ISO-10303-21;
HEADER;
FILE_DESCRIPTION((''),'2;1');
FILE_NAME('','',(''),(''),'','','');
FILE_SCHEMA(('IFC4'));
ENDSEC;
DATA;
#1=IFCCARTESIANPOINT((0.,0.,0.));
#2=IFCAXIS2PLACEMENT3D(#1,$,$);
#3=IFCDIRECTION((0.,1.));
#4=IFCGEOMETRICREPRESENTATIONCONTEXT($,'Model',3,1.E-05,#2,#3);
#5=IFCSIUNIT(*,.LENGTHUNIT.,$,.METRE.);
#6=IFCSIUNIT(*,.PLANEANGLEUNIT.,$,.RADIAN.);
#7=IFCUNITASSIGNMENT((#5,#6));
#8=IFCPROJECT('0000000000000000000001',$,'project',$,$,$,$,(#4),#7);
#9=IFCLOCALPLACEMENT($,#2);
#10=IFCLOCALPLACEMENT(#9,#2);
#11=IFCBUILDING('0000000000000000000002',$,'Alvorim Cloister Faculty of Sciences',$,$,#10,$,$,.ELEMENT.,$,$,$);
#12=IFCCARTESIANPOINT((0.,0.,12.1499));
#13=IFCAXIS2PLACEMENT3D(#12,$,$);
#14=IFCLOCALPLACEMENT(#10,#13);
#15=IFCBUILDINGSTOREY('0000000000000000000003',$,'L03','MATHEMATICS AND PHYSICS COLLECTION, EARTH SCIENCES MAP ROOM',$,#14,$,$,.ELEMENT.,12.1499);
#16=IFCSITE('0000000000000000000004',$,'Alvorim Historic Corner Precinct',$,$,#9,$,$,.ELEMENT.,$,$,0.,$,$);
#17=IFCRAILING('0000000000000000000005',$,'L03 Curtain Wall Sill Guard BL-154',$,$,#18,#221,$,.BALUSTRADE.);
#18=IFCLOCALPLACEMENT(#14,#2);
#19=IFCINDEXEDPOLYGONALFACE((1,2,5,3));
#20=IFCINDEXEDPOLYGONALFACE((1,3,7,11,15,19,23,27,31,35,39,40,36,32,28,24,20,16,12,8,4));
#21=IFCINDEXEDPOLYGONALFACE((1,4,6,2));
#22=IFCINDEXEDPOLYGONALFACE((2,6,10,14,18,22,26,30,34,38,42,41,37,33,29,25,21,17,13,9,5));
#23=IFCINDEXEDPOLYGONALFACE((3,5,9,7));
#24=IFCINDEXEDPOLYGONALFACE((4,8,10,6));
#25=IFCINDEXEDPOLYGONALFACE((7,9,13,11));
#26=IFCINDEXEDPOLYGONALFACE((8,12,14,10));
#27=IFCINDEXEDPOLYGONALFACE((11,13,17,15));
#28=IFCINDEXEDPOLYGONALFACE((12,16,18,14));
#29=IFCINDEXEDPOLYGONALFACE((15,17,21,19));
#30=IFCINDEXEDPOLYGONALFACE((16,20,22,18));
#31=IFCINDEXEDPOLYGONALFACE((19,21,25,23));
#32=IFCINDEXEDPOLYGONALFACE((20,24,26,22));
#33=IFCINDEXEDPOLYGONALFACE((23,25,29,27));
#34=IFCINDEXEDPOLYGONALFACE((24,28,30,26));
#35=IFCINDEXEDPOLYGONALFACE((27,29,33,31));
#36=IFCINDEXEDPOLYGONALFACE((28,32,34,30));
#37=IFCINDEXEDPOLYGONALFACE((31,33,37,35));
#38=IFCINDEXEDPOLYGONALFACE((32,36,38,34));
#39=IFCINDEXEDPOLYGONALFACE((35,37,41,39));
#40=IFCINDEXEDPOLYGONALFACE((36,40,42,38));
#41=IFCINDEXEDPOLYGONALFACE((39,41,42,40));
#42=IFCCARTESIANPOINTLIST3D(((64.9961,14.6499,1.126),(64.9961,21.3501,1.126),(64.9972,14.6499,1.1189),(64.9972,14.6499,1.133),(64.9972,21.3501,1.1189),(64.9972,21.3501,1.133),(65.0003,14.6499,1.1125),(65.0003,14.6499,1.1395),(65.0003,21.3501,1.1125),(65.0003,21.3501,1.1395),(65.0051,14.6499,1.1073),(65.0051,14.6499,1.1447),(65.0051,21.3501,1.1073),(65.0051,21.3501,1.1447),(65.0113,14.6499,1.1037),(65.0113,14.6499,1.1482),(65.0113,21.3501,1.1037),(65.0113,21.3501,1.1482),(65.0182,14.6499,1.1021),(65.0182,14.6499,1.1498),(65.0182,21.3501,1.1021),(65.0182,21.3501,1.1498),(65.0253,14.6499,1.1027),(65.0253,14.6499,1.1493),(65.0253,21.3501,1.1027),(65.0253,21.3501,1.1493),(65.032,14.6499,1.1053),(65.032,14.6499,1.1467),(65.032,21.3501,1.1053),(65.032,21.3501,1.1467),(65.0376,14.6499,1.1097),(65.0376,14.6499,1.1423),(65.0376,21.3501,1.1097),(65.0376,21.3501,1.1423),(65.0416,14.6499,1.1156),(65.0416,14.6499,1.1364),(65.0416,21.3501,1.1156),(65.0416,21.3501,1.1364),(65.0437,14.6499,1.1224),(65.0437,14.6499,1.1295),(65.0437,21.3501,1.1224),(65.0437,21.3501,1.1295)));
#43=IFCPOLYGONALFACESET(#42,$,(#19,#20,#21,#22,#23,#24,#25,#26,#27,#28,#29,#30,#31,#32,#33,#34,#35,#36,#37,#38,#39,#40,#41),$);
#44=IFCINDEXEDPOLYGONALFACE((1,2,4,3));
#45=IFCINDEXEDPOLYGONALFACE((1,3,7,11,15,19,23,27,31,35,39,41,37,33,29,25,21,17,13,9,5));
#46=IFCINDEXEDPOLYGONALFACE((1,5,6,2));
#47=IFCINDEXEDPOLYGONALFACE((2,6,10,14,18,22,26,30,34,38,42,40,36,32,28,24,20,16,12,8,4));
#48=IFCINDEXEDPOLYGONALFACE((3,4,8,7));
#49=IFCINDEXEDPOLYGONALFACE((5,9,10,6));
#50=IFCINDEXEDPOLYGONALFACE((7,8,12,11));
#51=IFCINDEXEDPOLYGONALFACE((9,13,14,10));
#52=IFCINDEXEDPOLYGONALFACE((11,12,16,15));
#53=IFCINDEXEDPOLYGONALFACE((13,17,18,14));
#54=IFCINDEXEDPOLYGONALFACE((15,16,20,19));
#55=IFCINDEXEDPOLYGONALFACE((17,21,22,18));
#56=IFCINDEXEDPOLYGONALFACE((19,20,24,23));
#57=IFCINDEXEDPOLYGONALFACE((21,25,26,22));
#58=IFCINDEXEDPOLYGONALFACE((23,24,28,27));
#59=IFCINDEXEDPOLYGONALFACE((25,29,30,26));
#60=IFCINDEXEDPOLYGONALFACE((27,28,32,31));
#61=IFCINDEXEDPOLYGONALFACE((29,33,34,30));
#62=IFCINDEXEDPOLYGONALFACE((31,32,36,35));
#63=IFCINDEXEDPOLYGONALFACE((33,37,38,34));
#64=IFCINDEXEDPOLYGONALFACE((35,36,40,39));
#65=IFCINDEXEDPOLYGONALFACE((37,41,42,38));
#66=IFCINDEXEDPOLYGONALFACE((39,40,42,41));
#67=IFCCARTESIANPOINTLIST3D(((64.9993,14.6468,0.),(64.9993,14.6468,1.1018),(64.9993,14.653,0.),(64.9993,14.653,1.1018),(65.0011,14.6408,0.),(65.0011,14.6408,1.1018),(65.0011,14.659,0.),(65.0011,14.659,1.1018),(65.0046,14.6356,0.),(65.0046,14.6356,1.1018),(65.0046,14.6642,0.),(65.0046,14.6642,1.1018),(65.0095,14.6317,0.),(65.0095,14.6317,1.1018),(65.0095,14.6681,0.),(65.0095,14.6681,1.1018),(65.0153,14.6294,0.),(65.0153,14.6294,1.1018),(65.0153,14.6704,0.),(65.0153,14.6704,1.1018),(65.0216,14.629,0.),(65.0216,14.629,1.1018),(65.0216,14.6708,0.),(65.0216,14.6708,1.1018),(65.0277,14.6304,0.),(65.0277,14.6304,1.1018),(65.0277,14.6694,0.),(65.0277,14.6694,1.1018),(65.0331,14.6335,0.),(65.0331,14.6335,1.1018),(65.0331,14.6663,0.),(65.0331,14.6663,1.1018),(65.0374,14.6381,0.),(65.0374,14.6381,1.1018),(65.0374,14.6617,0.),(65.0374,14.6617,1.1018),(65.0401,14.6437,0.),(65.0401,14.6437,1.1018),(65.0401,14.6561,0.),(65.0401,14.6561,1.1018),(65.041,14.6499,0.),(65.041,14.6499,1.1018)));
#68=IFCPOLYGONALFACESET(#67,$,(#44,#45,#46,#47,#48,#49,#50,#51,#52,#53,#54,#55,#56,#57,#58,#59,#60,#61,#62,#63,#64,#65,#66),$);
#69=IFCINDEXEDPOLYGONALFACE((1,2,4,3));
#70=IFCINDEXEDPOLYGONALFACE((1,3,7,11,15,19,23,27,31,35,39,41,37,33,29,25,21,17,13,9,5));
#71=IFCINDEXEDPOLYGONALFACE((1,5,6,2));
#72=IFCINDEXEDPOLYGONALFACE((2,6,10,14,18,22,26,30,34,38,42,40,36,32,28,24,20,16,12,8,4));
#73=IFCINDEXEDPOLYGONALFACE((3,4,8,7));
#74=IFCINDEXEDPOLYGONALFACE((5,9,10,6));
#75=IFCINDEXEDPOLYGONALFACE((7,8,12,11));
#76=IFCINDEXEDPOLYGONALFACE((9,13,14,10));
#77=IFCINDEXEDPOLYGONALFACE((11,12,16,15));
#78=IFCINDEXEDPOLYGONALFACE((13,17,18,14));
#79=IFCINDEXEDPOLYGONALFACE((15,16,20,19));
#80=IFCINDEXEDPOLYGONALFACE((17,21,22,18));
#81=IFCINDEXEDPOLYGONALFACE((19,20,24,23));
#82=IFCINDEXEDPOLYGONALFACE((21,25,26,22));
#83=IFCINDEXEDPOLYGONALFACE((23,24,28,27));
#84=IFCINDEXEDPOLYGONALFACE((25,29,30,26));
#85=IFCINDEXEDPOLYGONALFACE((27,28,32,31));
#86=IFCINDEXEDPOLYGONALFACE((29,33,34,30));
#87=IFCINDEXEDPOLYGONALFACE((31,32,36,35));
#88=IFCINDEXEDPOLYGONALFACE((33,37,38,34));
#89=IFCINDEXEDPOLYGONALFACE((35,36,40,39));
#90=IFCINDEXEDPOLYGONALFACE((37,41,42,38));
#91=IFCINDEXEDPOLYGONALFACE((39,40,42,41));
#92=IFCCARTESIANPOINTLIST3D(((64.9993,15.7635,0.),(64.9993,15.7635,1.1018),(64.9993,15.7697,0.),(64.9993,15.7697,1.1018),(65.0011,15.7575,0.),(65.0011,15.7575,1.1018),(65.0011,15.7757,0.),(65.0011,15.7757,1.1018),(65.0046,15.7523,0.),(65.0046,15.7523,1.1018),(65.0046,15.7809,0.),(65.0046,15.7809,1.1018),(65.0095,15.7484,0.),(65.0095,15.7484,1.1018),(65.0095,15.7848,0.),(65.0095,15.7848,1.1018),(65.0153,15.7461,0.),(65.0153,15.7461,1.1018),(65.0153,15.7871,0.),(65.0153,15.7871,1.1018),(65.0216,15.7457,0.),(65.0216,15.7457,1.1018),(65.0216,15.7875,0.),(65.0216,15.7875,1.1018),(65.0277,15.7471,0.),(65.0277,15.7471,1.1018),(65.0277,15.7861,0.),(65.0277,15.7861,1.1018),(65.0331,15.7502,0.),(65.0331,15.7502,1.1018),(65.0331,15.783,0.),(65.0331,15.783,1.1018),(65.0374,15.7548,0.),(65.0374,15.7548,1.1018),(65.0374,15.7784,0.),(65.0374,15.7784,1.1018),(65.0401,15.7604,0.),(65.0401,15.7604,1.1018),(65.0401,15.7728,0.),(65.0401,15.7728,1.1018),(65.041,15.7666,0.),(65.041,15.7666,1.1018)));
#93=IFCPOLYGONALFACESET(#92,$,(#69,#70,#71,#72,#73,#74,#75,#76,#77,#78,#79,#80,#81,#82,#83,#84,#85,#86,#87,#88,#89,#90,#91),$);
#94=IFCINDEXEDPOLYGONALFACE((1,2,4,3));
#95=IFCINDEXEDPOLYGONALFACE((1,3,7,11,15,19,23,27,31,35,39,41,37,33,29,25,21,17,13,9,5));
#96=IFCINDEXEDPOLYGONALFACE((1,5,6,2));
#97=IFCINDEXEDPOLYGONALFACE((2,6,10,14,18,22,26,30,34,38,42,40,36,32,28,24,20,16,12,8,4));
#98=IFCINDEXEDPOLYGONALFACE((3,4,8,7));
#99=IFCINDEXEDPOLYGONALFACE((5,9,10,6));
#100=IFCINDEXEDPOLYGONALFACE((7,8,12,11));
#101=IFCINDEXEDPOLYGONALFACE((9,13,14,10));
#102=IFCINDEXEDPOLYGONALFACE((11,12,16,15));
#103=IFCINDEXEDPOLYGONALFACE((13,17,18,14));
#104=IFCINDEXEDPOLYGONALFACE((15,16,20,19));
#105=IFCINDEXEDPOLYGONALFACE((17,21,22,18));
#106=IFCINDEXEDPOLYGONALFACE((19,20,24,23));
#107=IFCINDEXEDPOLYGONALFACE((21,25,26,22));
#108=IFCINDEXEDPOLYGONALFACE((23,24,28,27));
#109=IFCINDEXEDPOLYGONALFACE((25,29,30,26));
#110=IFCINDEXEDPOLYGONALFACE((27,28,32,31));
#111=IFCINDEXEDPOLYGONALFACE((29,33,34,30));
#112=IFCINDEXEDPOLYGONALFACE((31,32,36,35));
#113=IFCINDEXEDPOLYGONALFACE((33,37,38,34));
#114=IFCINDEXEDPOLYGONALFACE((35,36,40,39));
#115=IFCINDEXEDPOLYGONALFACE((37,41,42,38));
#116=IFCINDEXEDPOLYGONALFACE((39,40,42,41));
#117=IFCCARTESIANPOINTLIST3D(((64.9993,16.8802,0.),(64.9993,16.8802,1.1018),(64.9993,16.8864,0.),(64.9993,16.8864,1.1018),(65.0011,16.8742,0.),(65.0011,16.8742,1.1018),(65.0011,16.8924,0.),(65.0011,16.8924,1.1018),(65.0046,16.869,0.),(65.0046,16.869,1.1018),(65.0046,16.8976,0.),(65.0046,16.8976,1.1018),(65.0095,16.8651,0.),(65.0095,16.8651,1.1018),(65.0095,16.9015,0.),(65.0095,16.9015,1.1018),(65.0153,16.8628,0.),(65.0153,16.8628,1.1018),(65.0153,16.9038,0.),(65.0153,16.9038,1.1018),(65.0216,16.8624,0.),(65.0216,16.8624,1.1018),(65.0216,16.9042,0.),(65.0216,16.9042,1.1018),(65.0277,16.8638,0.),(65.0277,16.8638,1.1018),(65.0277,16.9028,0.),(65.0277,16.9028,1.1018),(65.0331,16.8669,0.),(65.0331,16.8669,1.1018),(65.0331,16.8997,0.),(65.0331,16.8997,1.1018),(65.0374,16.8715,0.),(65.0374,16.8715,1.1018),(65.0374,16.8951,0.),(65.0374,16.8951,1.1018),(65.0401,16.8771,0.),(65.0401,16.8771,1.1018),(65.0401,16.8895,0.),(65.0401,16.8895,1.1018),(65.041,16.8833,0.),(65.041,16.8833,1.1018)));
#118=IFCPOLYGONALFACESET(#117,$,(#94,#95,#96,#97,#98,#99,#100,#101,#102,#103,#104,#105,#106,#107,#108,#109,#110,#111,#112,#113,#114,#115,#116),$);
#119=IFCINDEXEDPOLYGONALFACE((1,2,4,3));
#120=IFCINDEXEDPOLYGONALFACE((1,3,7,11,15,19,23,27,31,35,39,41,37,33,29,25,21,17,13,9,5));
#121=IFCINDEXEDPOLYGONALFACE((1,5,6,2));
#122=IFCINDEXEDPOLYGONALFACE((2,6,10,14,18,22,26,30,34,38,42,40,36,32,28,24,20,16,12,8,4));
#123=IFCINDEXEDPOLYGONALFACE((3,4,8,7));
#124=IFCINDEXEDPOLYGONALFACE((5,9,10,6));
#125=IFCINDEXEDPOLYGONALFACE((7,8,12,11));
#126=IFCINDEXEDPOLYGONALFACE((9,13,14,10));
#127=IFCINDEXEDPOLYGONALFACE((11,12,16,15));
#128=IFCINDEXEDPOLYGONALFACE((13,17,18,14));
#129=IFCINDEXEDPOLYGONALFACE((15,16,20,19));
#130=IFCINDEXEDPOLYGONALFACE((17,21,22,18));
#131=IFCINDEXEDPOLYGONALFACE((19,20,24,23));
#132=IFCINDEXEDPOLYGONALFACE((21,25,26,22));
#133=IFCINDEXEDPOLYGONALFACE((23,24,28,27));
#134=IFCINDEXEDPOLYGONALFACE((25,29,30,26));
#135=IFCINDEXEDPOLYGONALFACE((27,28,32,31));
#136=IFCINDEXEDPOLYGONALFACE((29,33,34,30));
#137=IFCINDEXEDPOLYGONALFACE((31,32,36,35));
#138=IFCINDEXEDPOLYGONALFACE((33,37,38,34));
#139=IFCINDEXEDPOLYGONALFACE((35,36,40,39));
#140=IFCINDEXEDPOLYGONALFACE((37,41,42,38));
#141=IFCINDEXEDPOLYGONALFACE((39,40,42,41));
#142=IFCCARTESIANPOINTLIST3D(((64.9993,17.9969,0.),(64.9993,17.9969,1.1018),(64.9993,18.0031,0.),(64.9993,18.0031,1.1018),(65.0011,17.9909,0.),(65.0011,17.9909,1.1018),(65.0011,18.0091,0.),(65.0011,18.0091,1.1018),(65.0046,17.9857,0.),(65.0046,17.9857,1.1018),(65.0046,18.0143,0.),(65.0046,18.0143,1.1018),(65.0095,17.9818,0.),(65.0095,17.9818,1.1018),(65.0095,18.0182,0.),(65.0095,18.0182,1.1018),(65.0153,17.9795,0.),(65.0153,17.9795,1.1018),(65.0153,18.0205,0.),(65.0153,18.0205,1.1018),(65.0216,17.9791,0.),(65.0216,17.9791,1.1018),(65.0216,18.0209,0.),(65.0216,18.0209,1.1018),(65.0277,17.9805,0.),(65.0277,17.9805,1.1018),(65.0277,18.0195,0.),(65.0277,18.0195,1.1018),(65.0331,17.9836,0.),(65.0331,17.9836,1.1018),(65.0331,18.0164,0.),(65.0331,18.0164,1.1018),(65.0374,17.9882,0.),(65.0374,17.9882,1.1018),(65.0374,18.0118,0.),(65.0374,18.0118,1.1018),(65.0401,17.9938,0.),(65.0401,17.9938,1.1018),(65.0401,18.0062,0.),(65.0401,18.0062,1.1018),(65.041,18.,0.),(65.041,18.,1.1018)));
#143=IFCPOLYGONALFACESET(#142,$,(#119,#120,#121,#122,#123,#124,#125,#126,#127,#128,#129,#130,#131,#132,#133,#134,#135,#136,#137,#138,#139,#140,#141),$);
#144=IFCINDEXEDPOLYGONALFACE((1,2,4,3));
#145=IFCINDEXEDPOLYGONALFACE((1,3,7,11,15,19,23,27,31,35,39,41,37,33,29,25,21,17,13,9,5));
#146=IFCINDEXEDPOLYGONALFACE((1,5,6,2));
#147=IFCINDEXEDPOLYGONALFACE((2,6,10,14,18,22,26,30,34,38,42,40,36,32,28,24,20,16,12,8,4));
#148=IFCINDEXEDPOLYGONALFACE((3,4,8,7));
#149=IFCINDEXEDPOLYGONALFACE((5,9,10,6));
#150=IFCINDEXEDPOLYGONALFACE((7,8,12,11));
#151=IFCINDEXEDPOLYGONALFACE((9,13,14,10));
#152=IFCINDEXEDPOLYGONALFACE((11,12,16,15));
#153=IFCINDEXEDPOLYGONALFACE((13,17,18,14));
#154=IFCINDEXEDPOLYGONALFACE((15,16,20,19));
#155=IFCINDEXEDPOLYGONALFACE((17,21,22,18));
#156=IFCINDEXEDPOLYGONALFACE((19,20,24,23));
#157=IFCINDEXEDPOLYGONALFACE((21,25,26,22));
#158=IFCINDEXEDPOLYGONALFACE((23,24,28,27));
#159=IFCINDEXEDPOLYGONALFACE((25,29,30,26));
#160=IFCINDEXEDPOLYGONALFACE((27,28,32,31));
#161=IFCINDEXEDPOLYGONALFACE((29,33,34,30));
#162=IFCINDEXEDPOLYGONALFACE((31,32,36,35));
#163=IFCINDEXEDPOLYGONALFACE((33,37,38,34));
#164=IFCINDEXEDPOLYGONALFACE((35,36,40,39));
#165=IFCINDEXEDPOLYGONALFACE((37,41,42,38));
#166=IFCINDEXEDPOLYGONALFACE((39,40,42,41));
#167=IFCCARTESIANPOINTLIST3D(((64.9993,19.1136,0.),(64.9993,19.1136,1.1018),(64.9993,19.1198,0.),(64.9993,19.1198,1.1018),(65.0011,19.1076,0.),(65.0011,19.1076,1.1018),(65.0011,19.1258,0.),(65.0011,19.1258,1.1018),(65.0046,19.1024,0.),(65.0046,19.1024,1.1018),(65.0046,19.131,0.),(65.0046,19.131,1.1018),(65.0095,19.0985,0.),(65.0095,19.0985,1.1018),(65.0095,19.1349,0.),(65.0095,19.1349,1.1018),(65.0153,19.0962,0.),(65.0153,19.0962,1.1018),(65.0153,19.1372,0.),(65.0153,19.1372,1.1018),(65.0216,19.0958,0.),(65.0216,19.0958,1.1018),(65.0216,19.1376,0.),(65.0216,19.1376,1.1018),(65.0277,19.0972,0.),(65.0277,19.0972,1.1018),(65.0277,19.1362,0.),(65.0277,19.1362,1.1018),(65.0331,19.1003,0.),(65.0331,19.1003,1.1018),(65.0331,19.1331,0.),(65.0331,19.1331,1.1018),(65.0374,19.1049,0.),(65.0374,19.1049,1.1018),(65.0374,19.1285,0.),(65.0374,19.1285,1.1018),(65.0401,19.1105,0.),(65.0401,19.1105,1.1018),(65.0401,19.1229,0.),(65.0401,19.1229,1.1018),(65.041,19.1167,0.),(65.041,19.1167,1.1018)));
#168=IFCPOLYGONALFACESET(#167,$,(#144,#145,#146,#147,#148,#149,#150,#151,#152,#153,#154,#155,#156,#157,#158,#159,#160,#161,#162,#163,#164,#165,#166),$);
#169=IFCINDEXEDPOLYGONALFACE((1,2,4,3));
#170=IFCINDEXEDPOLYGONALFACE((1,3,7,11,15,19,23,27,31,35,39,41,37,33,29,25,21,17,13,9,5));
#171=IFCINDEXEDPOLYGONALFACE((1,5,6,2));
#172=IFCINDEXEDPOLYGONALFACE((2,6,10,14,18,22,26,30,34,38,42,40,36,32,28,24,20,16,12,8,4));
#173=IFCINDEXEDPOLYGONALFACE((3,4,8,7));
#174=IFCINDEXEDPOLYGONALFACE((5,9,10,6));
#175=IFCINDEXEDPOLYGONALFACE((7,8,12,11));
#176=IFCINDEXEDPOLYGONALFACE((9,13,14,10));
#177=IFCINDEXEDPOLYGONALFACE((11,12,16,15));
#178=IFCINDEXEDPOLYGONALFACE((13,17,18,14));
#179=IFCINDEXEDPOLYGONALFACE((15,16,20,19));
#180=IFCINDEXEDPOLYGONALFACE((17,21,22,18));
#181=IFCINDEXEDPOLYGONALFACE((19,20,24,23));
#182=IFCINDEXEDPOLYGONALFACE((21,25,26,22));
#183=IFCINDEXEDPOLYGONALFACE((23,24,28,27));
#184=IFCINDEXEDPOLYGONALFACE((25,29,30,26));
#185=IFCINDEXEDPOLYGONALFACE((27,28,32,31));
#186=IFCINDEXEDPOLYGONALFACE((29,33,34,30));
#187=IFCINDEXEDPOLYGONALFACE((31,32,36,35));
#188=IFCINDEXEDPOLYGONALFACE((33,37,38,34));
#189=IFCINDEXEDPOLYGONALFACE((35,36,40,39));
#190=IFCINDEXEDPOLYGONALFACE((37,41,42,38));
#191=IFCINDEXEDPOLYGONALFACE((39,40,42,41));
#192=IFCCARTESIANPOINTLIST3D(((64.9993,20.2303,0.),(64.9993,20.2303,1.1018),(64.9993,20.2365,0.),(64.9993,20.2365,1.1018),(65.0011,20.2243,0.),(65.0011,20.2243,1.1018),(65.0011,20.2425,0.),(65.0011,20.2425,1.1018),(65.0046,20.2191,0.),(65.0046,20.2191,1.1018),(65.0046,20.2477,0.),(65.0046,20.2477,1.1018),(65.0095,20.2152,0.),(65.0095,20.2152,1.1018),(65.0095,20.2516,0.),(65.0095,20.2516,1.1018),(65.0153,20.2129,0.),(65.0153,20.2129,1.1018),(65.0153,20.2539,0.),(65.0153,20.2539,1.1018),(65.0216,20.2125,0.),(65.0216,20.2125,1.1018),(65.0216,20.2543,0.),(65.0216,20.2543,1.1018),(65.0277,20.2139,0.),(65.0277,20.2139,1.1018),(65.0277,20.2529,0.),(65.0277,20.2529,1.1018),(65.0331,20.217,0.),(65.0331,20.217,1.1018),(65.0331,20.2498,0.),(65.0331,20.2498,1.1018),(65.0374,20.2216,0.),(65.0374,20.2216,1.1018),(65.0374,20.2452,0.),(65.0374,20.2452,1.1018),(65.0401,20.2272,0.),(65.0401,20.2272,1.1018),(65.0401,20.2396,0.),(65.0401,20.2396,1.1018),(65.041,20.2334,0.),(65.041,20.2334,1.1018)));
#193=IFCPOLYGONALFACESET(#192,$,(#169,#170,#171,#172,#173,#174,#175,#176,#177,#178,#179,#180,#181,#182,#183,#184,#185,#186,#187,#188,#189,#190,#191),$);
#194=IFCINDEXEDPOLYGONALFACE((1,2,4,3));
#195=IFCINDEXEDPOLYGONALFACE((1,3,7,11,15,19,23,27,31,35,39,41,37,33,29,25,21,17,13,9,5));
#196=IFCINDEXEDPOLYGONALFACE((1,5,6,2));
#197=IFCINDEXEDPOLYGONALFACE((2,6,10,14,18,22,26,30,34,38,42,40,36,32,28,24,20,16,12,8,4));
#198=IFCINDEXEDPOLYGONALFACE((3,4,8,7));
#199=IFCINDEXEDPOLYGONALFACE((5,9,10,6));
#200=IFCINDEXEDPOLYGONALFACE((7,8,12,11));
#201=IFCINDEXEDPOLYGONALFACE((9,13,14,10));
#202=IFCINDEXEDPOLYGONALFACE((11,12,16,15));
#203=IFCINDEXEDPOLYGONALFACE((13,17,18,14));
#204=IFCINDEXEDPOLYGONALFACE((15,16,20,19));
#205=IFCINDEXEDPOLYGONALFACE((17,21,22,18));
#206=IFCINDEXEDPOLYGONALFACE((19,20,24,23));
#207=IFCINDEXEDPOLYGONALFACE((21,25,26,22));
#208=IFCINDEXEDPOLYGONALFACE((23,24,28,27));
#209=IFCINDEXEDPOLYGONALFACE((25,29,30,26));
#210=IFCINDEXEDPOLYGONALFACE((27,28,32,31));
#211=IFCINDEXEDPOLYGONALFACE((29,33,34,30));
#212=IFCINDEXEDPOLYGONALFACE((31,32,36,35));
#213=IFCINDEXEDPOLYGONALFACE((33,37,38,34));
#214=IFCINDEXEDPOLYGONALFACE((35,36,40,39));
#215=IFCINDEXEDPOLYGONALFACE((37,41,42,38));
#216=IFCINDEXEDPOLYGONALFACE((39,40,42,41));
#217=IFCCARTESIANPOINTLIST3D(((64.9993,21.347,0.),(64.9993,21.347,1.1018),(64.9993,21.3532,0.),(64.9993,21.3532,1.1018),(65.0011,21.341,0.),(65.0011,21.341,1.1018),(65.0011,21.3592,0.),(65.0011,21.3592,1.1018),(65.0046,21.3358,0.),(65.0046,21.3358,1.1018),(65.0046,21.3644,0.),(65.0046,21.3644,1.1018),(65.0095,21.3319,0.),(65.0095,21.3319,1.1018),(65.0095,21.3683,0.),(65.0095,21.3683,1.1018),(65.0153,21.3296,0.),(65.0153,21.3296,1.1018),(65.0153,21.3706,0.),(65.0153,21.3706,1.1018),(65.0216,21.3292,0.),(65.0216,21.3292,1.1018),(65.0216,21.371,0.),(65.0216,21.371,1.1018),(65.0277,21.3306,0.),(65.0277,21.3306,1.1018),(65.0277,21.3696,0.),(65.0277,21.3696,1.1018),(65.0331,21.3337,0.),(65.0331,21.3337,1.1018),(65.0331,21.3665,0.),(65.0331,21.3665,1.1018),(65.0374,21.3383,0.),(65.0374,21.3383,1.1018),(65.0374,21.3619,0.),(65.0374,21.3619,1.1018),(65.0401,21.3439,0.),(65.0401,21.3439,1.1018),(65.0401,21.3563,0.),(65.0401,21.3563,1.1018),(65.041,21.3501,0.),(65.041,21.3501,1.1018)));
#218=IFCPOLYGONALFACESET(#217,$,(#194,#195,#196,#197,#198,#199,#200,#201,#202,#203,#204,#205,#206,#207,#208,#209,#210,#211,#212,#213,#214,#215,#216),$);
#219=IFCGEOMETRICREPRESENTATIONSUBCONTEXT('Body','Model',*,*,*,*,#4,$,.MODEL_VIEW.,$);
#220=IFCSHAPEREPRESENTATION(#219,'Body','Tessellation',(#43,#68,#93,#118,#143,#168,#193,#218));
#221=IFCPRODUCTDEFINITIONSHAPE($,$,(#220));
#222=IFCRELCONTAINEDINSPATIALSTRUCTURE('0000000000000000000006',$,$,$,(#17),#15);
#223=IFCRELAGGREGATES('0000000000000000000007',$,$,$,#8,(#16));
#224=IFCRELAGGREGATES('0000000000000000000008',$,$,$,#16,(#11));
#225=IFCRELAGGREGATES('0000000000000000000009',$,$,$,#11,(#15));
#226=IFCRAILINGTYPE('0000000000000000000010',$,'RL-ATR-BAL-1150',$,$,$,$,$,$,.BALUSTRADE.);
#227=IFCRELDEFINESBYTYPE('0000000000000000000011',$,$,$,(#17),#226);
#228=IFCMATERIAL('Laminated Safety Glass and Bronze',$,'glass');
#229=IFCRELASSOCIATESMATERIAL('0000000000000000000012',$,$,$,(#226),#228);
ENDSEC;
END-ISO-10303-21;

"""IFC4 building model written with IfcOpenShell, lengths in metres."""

from ifc_helpers import new_model, si_unit, direction, frame, origin, origin_2d, place, context, subcontext, project, spatial, circle, extrude, material, type_object, element, save


model = new_model("IFC4")

# Units and contexts
model_context = context("Model", 3, precision=1e-05, world=origin(), true_north=direction((0.0, 1.0)))
body_context = subcontext(model_context, "Body", "Model", "MODEL_VIEW")
ifc_project = project(units=[si_unit("LENGTHUNIT", "METRE"), si_unit("PLANEANGLEUNIT", "RADIAN")], contexts=[model_context])

# Site, building, storey
site_placement = place(None, origin())
site = spatial("IfcSite", under=ifc_project, at=site_placement, Name="Alvorim Historic Corner Precinct", CompositionType="ELEMENT", RefElevation=0.0)
building_placement = place(site_placement, origin())
building = spatial("IfcBuilding", under=site, at=building_placement, Name="Alvorim Cloister Faculty of Sciences", CompositionType="ELEMENT")
storey_placement = place(building_placement, frame((0.0, 0.0, 12.1499)))
storey = spatial("IfcBuildingStorey", under=building, at=storey_placement, Name="L03", Description="MATHEMATICS AND PHYSICS COLLECTION, EARTH SCIENCES MAP ROOM", CompositionType="ELEMENT", Elevation=12.1499)

# Railing
ifc_material_1 = material(Name="Laminated Safety Glass and Bronze", Category="glass")
railing_type = type_object("IfcRailingType", Name="RL-ATR-BAL-1150", PredefinedType="BALUSTRADE", material=ifc_material_1)
railing_placement = place(storey_placement, frame((65.02, 14.6499, 0.0)))
element("IfcRailing", 1, at=railing_placement, inside=storey, type_object=railing_type, Name="L03 Curtain Wall Sill Guard BL-154", PredefinedType="BALUSTRADE", context=body_context, shape_type="SweptSolid", body=[
    extrude(circle(Radius=0.0239, at=origin_2d()), frame((0.0, 0.0, 1.126), z_axis=(0.0, 1.0, 0.0), x_axis=(-1.0, 0.0, 0.0)), (0.0, 0.0, 1.0), 6.7002),
    extrude(circle(Radius=0.021, at=origin_2d()), origin(), (0.0, 0.0, 1.0), 1.1018),
    extrude(circle(Radius=0.021, at=origin_2d()), frame((0.0, 1.1167, 0.0)), (0.0, 0.0, 1.0), 1.1018),
    extrude(circle(Radius=0.021, at=origin_2d()), frame((0.0, 2.2334, 0.0)), (0.0, 0.0, 1.0), 1.1018),
    extrude(circle(Radius=0.021, at=origin_2d()), frame((0.0, 3.3501, 0.0)), (0.0, 0.0, 1.0), 1.1018),
    extrude(circle(Radius=0.021, at=origin_2d()), frame((0.0, 4.4668, 0.0)), (0.0, 0.0, 1.0), 1.1018),
    extrude(circle(Radius=0.021, at=origin_2d()), frame((0.0, 5.5835, 0.0)), (0.0, 0.0, 1.0), 1.1018),
    extrude(circle(Radius=0.021, at=origin_2d()), frame((0.0, 6.7002, 0.0)), (0.0, 0.0, 1.0), 1.1018),
])

save(model, "model.ifc")
